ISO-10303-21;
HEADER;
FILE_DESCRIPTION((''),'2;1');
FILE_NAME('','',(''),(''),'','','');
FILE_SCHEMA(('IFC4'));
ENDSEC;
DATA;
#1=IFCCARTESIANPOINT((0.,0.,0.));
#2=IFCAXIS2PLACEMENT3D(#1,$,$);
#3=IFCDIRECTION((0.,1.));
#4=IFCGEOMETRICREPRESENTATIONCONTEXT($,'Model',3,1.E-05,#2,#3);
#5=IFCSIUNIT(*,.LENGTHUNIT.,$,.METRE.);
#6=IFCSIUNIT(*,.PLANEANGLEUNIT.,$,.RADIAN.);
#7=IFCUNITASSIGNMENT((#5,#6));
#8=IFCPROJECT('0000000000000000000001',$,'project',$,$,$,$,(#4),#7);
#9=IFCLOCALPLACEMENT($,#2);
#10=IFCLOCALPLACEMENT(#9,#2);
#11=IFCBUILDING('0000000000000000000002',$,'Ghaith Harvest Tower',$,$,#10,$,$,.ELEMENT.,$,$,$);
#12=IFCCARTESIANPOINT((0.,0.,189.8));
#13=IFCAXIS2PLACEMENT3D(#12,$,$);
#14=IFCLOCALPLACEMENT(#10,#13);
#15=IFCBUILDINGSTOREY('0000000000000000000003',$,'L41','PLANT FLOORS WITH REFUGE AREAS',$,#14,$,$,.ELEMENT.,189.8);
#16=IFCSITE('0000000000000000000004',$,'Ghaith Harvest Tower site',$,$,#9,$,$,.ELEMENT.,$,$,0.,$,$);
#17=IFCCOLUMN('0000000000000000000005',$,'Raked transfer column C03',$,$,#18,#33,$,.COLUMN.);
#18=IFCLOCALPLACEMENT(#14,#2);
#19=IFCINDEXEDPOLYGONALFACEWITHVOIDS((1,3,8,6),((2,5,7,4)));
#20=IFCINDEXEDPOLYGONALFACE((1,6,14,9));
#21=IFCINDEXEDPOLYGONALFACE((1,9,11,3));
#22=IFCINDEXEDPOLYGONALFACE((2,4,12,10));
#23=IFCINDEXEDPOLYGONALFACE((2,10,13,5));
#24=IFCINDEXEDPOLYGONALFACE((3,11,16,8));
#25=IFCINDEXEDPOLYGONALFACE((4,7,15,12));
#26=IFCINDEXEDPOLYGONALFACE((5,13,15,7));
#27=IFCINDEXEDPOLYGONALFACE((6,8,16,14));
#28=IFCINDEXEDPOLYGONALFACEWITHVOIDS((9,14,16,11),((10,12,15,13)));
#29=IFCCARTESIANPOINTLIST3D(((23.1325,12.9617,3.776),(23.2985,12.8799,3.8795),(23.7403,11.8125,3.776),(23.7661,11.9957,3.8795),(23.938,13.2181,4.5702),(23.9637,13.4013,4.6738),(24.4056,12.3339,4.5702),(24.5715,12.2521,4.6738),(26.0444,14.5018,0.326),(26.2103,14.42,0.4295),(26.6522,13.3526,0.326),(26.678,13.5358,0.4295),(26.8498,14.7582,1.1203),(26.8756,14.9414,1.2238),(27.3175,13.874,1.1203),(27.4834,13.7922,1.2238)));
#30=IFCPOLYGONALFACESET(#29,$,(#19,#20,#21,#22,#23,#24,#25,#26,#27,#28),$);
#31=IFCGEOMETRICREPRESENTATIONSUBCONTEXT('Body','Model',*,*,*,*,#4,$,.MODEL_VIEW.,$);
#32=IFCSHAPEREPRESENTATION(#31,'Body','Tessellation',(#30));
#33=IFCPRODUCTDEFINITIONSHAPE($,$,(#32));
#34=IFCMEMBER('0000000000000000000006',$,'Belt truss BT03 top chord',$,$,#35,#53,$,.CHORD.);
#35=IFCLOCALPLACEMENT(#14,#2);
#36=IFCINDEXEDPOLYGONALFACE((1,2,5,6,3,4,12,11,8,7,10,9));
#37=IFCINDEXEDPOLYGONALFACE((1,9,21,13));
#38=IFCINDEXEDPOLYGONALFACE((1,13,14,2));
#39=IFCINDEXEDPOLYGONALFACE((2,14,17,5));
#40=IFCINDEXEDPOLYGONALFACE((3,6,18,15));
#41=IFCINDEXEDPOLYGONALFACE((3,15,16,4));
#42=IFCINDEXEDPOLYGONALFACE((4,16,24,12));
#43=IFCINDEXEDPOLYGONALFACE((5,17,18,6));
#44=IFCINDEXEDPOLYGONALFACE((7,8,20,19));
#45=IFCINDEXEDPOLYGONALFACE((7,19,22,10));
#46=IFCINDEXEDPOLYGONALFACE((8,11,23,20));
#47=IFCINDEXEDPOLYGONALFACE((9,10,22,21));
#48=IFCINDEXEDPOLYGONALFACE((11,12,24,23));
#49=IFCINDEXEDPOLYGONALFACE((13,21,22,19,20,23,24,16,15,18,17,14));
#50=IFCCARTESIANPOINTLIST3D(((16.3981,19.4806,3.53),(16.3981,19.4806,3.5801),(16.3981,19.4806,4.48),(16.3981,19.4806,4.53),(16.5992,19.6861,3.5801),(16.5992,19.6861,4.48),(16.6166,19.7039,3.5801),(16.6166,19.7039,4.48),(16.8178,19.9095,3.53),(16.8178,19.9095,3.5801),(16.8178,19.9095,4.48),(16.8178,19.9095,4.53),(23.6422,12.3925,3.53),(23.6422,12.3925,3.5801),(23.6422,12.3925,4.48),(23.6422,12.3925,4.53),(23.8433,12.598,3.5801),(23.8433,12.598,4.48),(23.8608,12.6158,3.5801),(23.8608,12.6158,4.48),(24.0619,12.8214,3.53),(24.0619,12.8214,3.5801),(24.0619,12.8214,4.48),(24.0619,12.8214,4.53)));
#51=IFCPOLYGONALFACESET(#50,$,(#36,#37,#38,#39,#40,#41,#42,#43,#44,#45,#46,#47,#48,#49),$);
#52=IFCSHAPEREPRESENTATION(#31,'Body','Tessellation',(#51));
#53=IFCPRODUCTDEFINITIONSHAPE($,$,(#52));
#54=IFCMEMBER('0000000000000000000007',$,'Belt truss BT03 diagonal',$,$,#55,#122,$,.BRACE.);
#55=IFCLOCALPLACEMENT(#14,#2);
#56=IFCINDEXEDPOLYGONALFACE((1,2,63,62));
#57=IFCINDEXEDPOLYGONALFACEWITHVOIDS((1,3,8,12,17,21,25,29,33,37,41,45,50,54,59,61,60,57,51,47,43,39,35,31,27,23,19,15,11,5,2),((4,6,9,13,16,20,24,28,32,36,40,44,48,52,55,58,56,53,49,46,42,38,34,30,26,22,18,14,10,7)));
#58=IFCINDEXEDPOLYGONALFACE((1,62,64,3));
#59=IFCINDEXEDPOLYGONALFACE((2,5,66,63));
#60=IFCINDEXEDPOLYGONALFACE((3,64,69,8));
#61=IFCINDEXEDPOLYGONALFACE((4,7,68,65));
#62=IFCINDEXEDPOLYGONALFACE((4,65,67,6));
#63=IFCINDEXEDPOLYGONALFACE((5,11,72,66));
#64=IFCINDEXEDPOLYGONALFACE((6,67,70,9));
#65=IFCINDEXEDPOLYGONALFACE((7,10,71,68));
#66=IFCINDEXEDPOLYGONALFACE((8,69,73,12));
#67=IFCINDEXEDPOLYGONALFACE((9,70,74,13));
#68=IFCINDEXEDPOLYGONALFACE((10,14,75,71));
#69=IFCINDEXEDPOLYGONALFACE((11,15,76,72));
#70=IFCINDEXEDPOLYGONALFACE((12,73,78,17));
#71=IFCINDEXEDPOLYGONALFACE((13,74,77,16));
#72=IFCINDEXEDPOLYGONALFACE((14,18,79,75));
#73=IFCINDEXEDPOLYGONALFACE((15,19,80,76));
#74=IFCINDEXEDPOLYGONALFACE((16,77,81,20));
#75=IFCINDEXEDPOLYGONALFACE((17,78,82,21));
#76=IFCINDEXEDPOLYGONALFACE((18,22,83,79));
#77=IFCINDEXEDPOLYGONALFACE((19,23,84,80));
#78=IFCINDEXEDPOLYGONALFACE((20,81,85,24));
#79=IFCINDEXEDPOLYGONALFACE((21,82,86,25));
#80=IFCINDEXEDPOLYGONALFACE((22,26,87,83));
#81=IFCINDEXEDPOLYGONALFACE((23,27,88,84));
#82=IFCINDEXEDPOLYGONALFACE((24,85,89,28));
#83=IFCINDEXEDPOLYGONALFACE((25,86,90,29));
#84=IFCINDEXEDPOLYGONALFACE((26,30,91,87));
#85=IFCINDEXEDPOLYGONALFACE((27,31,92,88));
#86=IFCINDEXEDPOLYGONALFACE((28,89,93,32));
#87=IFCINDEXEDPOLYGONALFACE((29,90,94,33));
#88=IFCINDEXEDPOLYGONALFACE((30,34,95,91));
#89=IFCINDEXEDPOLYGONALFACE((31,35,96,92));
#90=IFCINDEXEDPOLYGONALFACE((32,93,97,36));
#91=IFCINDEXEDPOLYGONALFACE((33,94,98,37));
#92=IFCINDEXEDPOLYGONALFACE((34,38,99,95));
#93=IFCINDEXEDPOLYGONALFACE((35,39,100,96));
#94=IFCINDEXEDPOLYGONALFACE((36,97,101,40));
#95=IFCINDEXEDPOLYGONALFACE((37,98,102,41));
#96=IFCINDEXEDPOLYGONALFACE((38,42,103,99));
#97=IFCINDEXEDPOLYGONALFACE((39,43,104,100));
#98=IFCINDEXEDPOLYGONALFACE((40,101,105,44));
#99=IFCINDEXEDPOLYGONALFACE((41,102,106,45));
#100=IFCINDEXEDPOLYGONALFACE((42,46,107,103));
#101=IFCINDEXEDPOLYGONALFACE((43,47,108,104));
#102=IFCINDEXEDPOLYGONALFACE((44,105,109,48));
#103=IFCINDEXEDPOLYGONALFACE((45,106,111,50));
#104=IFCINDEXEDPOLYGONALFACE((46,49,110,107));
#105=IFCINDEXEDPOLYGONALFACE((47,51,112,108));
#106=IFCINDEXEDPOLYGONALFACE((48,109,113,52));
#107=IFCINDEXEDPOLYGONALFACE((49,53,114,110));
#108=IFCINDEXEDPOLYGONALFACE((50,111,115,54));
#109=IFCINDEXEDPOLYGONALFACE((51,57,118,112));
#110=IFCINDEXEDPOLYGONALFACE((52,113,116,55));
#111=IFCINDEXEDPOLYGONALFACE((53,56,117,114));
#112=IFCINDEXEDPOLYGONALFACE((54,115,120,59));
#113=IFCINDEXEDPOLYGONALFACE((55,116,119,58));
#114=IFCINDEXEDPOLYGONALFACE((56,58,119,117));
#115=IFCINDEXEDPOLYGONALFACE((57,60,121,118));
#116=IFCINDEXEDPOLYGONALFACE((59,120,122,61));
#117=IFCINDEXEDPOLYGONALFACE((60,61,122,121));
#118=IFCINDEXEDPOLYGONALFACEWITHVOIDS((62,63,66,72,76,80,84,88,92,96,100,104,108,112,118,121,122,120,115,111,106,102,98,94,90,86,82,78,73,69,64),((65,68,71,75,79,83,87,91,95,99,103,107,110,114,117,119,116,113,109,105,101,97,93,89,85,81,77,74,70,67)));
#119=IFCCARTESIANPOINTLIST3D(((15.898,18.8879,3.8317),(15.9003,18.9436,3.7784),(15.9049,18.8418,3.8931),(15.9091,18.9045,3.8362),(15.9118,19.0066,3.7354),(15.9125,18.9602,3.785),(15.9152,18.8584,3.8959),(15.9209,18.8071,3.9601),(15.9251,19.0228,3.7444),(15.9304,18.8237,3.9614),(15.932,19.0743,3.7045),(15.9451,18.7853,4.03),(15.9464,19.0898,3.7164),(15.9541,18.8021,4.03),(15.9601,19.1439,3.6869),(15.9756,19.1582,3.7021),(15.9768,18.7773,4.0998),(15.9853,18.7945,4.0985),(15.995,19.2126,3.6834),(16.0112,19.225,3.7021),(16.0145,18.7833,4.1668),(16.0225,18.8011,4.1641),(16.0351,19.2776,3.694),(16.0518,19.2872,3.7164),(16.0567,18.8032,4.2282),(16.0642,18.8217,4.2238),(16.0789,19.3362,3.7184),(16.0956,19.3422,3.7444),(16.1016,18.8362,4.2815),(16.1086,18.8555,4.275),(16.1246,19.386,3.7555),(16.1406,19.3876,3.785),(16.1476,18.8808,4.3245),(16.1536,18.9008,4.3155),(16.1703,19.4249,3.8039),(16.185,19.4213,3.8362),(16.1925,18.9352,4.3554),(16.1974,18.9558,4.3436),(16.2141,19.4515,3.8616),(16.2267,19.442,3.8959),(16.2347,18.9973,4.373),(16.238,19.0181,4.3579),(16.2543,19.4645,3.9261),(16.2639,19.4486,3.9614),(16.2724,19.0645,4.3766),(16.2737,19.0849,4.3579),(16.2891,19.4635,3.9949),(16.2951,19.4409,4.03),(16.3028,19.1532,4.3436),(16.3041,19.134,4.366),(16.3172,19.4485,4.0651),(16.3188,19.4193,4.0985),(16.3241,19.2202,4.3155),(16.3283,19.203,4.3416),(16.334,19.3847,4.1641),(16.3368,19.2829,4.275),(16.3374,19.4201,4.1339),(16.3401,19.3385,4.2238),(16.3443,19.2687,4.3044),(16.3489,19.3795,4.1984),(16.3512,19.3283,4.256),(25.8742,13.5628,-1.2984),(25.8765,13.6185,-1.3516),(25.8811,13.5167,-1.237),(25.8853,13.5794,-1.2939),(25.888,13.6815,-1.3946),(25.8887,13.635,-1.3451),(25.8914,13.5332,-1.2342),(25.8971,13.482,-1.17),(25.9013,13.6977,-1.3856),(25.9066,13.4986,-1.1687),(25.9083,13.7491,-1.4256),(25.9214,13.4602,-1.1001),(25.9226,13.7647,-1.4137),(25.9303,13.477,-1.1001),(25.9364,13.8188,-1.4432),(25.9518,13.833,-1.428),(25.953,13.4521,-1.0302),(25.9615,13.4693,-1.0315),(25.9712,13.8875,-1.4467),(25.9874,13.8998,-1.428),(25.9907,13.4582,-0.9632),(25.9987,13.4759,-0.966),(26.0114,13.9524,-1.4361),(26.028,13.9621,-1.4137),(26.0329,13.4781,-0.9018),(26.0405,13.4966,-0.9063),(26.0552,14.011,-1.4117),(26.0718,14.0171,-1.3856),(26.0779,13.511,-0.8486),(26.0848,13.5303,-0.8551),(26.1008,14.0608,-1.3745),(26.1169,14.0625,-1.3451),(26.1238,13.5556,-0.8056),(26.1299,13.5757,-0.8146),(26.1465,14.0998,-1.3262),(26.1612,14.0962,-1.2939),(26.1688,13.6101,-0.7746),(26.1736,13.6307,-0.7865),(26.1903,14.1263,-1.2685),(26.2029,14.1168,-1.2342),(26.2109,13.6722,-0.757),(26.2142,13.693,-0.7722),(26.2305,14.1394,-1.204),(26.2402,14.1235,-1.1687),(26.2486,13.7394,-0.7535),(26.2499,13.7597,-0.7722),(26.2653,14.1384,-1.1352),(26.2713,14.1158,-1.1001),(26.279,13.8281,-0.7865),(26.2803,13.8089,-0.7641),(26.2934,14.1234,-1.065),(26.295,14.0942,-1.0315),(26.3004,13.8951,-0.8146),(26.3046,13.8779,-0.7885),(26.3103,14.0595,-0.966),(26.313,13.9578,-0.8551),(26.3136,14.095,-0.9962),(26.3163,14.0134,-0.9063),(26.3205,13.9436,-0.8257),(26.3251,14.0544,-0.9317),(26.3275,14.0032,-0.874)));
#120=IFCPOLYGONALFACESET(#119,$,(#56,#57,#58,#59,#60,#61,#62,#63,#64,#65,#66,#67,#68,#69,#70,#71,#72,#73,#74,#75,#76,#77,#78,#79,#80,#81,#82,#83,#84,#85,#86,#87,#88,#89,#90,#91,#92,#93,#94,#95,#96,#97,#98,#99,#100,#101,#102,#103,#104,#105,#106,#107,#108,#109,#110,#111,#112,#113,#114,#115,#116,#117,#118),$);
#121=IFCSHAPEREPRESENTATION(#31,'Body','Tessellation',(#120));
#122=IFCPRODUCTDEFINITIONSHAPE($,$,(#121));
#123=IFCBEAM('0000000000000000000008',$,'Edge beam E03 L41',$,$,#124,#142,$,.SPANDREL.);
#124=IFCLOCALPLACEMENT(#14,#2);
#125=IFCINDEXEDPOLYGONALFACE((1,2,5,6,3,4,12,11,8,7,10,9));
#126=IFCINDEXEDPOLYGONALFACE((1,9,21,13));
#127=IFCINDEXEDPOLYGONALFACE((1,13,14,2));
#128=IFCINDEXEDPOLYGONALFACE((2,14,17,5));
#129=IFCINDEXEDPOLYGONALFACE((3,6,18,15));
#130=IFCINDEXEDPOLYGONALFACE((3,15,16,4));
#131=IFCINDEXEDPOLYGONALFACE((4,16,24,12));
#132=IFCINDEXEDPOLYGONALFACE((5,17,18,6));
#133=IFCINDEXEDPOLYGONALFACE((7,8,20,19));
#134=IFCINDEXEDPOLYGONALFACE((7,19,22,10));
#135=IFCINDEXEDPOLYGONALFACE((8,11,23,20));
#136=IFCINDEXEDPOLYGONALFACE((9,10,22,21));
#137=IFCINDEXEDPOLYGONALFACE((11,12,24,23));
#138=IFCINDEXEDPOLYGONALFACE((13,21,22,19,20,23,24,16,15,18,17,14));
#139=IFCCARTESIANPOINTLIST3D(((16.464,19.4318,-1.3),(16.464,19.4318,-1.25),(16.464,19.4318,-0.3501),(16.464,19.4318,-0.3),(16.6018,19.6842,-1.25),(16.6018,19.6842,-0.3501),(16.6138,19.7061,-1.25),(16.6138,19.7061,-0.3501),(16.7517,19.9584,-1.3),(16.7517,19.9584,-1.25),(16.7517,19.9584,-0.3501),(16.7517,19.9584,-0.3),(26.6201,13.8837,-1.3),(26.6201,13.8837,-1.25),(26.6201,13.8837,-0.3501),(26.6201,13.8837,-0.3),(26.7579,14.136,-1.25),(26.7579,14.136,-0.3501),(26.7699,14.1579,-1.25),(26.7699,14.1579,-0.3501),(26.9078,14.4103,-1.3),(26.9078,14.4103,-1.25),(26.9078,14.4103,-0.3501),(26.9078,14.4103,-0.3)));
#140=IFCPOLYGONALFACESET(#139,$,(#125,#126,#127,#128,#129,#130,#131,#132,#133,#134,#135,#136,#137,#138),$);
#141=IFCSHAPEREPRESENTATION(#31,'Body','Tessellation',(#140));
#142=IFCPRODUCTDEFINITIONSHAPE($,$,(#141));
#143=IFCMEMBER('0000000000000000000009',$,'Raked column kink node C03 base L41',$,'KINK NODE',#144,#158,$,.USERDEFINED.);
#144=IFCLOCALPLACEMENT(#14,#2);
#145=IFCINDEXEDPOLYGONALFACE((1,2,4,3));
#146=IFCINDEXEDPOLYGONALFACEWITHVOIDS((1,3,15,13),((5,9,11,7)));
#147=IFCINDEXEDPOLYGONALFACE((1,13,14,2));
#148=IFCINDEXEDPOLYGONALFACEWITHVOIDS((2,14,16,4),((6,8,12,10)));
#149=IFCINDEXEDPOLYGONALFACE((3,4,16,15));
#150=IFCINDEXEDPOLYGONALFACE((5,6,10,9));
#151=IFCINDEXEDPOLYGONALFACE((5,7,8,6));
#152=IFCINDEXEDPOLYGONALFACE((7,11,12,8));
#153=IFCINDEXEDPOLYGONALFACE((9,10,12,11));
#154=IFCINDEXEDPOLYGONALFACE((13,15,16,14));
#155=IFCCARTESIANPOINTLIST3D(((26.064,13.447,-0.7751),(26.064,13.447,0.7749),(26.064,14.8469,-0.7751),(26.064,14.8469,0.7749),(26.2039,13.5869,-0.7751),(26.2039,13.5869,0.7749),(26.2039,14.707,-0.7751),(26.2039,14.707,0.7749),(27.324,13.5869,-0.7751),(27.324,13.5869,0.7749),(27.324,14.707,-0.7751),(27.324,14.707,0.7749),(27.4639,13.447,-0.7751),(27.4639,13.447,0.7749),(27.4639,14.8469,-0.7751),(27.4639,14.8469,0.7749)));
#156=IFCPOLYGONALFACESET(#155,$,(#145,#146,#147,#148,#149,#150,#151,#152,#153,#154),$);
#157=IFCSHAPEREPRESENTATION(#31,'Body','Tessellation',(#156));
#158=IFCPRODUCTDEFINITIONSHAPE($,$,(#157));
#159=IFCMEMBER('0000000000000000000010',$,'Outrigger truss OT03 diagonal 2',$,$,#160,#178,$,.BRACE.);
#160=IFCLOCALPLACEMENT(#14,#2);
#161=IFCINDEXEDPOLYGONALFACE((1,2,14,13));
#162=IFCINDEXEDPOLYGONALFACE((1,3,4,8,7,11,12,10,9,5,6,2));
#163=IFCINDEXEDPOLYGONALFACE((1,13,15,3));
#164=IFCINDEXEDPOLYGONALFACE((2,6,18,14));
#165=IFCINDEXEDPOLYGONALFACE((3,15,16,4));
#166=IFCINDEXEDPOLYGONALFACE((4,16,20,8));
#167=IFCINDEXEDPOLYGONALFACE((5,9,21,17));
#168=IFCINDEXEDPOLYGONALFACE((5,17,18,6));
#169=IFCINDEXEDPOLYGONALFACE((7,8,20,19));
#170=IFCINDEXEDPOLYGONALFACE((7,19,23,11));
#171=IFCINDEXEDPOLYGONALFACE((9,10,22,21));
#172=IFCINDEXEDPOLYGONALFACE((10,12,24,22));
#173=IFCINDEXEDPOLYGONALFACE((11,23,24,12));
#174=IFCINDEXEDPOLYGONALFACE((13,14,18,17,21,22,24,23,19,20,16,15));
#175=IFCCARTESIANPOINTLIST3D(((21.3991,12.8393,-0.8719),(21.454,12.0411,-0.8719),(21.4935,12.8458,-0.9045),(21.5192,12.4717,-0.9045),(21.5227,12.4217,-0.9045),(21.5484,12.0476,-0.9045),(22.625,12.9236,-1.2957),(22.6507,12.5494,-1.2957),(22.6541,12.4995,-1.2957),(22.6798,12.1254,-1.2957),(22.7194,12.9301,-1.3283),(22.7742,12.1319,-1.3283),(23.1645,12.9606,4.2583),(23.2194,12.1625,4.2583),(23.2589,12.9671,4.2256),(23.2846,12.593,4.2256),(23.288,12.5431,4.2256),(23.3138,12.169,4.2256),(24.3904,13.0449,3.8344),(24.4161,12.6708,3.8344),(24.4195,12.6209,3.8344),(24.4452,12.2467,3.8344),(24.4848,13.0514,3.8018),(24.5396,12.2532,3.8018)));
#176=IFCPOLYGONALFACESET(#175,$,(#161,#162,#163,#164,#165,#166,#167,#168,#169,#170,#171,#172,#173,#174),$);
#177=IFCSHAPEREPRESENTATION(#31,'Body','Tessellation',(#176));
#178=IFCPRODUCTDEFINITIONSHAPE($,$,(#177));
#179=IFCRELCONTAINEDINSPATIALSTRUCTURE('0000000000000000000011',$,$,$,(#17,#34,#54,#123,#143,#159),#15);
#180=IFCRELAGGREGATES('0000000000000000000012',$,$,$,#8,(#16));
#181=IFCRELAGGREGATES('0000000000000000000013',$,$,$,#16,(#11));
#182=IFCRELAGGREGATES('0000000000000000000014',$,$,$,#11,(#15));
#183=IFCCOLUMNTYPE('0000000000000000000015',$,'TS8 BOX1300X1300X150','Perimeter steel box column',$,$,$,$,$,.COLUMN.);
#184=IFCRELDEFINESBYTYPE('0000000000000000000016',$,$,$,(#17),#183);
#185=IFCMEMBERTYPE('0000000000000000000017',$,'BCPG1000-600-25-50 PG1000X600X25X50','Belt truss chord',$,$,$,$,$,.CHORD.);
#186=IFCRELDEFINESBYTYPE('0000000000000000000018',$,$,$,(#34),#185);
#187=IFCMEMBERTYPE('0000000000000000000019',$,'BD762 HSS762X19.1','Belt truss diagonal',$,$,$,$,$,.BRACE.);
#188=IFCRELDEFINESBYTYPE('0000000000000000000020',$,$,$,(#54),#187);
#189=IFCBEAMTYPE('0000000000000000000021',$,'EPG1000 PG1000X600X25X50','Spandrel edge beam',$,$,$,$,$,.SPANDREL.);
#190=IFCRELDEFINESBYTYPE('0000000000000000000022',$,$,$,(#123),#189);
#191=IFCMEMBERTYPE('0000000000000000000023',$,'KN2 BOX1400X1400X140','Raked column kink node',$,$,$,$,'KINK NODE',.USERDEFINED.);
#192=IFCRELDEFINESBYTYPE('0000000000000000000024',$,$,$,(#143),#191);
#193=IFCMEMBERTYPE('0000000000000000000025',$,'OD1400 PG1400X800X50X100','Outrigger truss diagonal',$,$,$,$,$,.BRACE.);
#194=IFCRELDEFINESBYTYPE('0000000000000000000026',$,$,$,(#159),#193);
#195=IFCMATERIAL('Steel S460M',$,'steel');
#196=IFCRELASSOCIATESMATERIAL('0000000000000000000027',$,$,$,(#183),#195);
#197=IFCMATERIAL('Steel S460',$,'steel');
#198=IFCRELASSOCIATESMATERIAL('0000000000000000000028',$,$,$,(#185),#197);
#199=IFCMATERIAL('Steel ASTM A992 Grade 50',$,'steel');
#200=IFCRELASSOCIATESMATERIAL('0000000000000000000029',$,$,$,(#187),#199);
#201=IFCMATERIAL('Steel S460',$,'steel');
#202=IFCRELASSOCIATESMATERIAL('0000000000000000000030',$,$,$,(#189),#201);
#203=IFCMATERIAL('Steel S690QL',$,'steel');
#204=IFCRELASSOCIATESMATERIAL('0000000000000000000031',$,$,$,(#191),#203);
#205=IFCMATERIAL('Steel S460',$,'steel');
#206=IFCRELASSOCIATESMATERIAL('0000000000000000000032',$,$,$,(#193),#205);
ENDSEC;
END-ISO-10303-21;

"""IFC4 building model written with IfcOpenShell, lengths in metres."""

from ifc_helpers import new_model, si_unit, direction, frame, origin, origin_2d, place, context, subcontext, project, spatial, hollow_rectangle, hollow_circle, i_section, extrude, material, material_profile, profile_set, type_object, element, save


model = new_model("IFC4")

# Units and contexts
model_context = context("Model", 3, precision=1e-05, world=origin(), true_north=direction((0.0, 1.0)))
body_context = subcontext(model_context, "Body", "Model", "MODEL_VIEW")
ifc_project = project(units=[si_unit("LENGTHUNIT", "METRE"), si_unit("PLANEANGLEUNIT", "RADIAN")], contexts=[model_context])

# Site, building, storey
site_placement = place(None, origin())
site = spatial("IfcSite", under=ifc_project, at=site_placement, Name="Ghaith Harvest Tower site", CompositionType="ELEMENT", RefElevation=0.0)
building_placement = place(site_placement, origin())
building = spatial("IfcBuilding", under=site, at=building_placement, Name="Ghaith Harvest Tower", CompositionType="ELEMENT")
storey_placement = place(building_placement, frame((0.0, 0.0, 189.8)))
storey = spatial("IfcBuildingStorey", under=building, at=storey_placement, Name="L41", Description="PLANT FLOORS WITH REFUGE AREAS", CompositionType="ELEMENT", Elevation=189.8)

# Column
ifc_material_1 = material(Name="Steel S460M", Category="steel")
ifc_material_profile_1 = material_profile(ifc_material_1, hollow_rectangle(XDim=1.3, YDim=1.3, WallThickness=0.1499, at=origin_2d()), Name="BOX1300X1300X150")
ifc_profile_set_1 = profile_set([ifc_material_profile_1], Name="Steel S460M")
column_type = type_object("IfcColumnType", Name="TS8 BOX1300X1300X150", Description="Perimeter steel box column", PredefinedType="COLUMN", material=ifc_profile_set_1)
column_placement = place(storey_placement, frame((26.7639, 14.147, 0.7749), z_axis=(-0.610455, -0.32286, 0.723261), x_axis=(0.467523, -0.883981, 0.0)))
element("IfcColumn", 1, at=column_placement, inside=storey, type_object=column_type, Name="Raked transfer column C03", PredefinedType="COLUMN", context=body_context, shape_type="SweptSolid", body=[
    extrude(hollow_rectangle(XDim=1.3, YDim=1.3, WallThickness=0.1499, at=origin_2d()), origin(), (0.0, 0.0, 1.0), 4.77),
])

# Members
ifc_material_2 = material(Name="Steel S460", Category="steel")
ifc_material_profile_2 = material_profile(ifc_material_2, i_section(OverallWidth=0.6001, OverallDepth=1.0, WebThickness=0.0249, FlangeThickness=0.05, at=origin_2d()), Name="PG1000X600X25X50")
ifc_profile_set_2 = profile_set([ifc_material_profile_2], Name="Steel S460")
member_type_1 = type_object("IfcMemberType", Name="BCPG1000-600-25-50 PG1000X600X25X50", Description="Belt truss chord", PredefinedType="CHORD", material=ifc_profile_set_2)
member_1_placement = place(storey_placement, frame((23.8521, 12.6069, 4.03), z_axis=(-0.714761, 0.699369, 0.0), x_axis=(-0.699369, -0.714761, 0.0)))
element("IfcMember", 2, at=member_1_placement, inside=storey, type_object=member_type_1, Name="Belt truss BT03 top chord", PredefinedType="CHORD", context=body_context, shape_type="SweptSolid", body=[
    extrude(i_section(OverallWidth=0.6001, OverallDepth=1.0, WebThickness=0.0249, FlangeThickness=0.05, at=origin_2d()), origin(), (0.0, 0.0, 1.0), 10.135),
])
ifc_material_3 = material(Name="Steel ASTM A992 Grade 50", Category="steel")
ifc_material_profile_3 = material_profile(ifc_material_3, hollow_circle(Radius=0.3811, WallThickness=0.019, at=origin_2d()), Name="HSS762X19.1")
ifc_profile_set_3 = profile_set([ifc_material_profile_3], Name="Steel ASTM A992 Grade 50")
member_type_2 = type_object("IfcMemberType", Name="BD762 HSS762X19.1", Description="Belt truss diagonal", PredefinedType="BRACE", material=ifc_profile_set_3)
member_2_placement = place(storey_placement, frame((26.1008, 13.7964, -1.1001), z_axis=(-0.803386, 0.428834, 0.413125), x_axis=(-0.470897, -0.882188, 0.0)))
element("IfcMember", 3, at=member_2_placement, inside=storey, type_object=member_type_2, Name="Belt truss BT03 diagonal", PredefinedType="BRACE", context=body_context, shape_type="SweptSolid", body=[
    extrude(hollow_circle(Radius=0.3811, WallThickness=0.019, at=origin_2d()), origin(), (0.0, 0.0, 1.0), 12.4177),
])

# Beam
ifc_material_4 = material(Name="Steel S460", Category="steel")
ifc_material_profile_4 = material_profile(ifc_material_4, i_section(OverallWidth=0.6001, OverallDepth=1.0, WebThickness=0.0249, FlangeThickness=0.05, at=origin_2d()), Name="PG1000X600X25X50")
ifc_profile_set_4 = profile_set([ifc_material_profile_4], Name="Steel S460")
beam_type = type_object("IfcBeamType", Name="EPG1000 PG1000X600X25X50", Description="Spandrel edge beam", PredefinedType="SPANDREL", material=ifc_profile_set_4)
beam_placement = place(storey_placement, frame((26.7639, 14.147, -0.8), z_axis=(-0.877588, 0.479415, 0.0), x_axis=(-0.479415, -0.877588, 0.0)))
element("IfcBeam", 4, at=beam_placement, inside=storey, type_object=beam_type, Name="Edge beam E03 L41", PredefinedType="SPANDREL", context=body_context, shape_type="SweptSolid", body=[
    extrude(i_section(OverallWidth=0.6001, OverallDepth=1.0, WebThickness=0.0249, FlangeThickness=0.05, at=origin_2d()), origin(), (0.0, 0.0, 1.0), 11.5728),
])

# Members
ifc_material_5 = material(Name="Steel S690QL", Category="steel")
ifc_material_profile_5 = material_profile(ifc_material_5, hollow_rectangle(XDim=1.3999, YDim=1.3999, WallThickness=0.1399, at=origin_2d()), Name="BOX1400X1400X140")
ifc_profile_set_5 = profile_set([ifc_material_profile_5], Name="Steel S690QL")
member_type_3 = type_object("IfcMemberType", Name="KN2 BOX1400X1400X140", Description="Raked column kink node", ElementType="KINK NODE", PredefinedType="USERDEFINED", material=ifc_profile_set_5)
member_3_placement = place(storey_placement, frame((26.7639, 14.147, -0.7751), z_axis=(0.0, 0.0, 1.0), x_axis=(1.0, 0.0, 0.0)))
element("IfcMember", 5, at=member_3_placement, inside=storey, type_object=member_type_3, Name="Raked column kink node C03 base L41", ObjectType="KINK NODE", PredefinedType="USERDEFINED", context=body_context, shape_type="SweptSolid", body=[
    extrude(hollow_rectangle(XDim=1.3999, YDim=1.3999, WallThickness=0.1399, at=origin_2d()), origin(), (0.0, 0.0, 1.0), 1.55),
])
ifc_material_6 = material(Name="Steel S460", Category="steel")
ifc_material_profile_6 = material_profile(ifc_material_6, i_section(OverallWidth=0.8, OverallDepth=1.3999, WebThickness=0.05, FlangeThickness=0.1001, at=origin_2d()), Name="PG1400X800X50X100")
ifc_profile_set_6 = profile_set([ifc_material_profile_6], Name="Steel S460")
member_type_4 = type_object("IfcMemberType", Name="OD1400 PG1400X800X50X100", Description="Outrigger truss diagonal", PredefinedType="BRACE", material=ifc_profile_set_6)
member_4_placement = place(storey_placement, frame((22.0867, 12.4856, -1.1001), z_axis=(0.325312, 0.022359, 0.945343), x_axis=(-0.06857, 0.997646, 0.0)))
element("IfcMember", 6, at=member_4_placement, inside=storey, type_object=member_type_4, Name="Outrigger truss OT03 diagonal 2", PredefinedType="BRACE", context=body_context, shape_type="SweptSolid", body=[
    extrude(i_section(OverallWidth=0.8, OverallDepth=1.3999, WebThickness=0.05, FlangeThickness=0.1001, at=origin_2d()), origin(), (0.0, 0.0, 1.0), 5.4268),
])

save(model, "model.ifc")
